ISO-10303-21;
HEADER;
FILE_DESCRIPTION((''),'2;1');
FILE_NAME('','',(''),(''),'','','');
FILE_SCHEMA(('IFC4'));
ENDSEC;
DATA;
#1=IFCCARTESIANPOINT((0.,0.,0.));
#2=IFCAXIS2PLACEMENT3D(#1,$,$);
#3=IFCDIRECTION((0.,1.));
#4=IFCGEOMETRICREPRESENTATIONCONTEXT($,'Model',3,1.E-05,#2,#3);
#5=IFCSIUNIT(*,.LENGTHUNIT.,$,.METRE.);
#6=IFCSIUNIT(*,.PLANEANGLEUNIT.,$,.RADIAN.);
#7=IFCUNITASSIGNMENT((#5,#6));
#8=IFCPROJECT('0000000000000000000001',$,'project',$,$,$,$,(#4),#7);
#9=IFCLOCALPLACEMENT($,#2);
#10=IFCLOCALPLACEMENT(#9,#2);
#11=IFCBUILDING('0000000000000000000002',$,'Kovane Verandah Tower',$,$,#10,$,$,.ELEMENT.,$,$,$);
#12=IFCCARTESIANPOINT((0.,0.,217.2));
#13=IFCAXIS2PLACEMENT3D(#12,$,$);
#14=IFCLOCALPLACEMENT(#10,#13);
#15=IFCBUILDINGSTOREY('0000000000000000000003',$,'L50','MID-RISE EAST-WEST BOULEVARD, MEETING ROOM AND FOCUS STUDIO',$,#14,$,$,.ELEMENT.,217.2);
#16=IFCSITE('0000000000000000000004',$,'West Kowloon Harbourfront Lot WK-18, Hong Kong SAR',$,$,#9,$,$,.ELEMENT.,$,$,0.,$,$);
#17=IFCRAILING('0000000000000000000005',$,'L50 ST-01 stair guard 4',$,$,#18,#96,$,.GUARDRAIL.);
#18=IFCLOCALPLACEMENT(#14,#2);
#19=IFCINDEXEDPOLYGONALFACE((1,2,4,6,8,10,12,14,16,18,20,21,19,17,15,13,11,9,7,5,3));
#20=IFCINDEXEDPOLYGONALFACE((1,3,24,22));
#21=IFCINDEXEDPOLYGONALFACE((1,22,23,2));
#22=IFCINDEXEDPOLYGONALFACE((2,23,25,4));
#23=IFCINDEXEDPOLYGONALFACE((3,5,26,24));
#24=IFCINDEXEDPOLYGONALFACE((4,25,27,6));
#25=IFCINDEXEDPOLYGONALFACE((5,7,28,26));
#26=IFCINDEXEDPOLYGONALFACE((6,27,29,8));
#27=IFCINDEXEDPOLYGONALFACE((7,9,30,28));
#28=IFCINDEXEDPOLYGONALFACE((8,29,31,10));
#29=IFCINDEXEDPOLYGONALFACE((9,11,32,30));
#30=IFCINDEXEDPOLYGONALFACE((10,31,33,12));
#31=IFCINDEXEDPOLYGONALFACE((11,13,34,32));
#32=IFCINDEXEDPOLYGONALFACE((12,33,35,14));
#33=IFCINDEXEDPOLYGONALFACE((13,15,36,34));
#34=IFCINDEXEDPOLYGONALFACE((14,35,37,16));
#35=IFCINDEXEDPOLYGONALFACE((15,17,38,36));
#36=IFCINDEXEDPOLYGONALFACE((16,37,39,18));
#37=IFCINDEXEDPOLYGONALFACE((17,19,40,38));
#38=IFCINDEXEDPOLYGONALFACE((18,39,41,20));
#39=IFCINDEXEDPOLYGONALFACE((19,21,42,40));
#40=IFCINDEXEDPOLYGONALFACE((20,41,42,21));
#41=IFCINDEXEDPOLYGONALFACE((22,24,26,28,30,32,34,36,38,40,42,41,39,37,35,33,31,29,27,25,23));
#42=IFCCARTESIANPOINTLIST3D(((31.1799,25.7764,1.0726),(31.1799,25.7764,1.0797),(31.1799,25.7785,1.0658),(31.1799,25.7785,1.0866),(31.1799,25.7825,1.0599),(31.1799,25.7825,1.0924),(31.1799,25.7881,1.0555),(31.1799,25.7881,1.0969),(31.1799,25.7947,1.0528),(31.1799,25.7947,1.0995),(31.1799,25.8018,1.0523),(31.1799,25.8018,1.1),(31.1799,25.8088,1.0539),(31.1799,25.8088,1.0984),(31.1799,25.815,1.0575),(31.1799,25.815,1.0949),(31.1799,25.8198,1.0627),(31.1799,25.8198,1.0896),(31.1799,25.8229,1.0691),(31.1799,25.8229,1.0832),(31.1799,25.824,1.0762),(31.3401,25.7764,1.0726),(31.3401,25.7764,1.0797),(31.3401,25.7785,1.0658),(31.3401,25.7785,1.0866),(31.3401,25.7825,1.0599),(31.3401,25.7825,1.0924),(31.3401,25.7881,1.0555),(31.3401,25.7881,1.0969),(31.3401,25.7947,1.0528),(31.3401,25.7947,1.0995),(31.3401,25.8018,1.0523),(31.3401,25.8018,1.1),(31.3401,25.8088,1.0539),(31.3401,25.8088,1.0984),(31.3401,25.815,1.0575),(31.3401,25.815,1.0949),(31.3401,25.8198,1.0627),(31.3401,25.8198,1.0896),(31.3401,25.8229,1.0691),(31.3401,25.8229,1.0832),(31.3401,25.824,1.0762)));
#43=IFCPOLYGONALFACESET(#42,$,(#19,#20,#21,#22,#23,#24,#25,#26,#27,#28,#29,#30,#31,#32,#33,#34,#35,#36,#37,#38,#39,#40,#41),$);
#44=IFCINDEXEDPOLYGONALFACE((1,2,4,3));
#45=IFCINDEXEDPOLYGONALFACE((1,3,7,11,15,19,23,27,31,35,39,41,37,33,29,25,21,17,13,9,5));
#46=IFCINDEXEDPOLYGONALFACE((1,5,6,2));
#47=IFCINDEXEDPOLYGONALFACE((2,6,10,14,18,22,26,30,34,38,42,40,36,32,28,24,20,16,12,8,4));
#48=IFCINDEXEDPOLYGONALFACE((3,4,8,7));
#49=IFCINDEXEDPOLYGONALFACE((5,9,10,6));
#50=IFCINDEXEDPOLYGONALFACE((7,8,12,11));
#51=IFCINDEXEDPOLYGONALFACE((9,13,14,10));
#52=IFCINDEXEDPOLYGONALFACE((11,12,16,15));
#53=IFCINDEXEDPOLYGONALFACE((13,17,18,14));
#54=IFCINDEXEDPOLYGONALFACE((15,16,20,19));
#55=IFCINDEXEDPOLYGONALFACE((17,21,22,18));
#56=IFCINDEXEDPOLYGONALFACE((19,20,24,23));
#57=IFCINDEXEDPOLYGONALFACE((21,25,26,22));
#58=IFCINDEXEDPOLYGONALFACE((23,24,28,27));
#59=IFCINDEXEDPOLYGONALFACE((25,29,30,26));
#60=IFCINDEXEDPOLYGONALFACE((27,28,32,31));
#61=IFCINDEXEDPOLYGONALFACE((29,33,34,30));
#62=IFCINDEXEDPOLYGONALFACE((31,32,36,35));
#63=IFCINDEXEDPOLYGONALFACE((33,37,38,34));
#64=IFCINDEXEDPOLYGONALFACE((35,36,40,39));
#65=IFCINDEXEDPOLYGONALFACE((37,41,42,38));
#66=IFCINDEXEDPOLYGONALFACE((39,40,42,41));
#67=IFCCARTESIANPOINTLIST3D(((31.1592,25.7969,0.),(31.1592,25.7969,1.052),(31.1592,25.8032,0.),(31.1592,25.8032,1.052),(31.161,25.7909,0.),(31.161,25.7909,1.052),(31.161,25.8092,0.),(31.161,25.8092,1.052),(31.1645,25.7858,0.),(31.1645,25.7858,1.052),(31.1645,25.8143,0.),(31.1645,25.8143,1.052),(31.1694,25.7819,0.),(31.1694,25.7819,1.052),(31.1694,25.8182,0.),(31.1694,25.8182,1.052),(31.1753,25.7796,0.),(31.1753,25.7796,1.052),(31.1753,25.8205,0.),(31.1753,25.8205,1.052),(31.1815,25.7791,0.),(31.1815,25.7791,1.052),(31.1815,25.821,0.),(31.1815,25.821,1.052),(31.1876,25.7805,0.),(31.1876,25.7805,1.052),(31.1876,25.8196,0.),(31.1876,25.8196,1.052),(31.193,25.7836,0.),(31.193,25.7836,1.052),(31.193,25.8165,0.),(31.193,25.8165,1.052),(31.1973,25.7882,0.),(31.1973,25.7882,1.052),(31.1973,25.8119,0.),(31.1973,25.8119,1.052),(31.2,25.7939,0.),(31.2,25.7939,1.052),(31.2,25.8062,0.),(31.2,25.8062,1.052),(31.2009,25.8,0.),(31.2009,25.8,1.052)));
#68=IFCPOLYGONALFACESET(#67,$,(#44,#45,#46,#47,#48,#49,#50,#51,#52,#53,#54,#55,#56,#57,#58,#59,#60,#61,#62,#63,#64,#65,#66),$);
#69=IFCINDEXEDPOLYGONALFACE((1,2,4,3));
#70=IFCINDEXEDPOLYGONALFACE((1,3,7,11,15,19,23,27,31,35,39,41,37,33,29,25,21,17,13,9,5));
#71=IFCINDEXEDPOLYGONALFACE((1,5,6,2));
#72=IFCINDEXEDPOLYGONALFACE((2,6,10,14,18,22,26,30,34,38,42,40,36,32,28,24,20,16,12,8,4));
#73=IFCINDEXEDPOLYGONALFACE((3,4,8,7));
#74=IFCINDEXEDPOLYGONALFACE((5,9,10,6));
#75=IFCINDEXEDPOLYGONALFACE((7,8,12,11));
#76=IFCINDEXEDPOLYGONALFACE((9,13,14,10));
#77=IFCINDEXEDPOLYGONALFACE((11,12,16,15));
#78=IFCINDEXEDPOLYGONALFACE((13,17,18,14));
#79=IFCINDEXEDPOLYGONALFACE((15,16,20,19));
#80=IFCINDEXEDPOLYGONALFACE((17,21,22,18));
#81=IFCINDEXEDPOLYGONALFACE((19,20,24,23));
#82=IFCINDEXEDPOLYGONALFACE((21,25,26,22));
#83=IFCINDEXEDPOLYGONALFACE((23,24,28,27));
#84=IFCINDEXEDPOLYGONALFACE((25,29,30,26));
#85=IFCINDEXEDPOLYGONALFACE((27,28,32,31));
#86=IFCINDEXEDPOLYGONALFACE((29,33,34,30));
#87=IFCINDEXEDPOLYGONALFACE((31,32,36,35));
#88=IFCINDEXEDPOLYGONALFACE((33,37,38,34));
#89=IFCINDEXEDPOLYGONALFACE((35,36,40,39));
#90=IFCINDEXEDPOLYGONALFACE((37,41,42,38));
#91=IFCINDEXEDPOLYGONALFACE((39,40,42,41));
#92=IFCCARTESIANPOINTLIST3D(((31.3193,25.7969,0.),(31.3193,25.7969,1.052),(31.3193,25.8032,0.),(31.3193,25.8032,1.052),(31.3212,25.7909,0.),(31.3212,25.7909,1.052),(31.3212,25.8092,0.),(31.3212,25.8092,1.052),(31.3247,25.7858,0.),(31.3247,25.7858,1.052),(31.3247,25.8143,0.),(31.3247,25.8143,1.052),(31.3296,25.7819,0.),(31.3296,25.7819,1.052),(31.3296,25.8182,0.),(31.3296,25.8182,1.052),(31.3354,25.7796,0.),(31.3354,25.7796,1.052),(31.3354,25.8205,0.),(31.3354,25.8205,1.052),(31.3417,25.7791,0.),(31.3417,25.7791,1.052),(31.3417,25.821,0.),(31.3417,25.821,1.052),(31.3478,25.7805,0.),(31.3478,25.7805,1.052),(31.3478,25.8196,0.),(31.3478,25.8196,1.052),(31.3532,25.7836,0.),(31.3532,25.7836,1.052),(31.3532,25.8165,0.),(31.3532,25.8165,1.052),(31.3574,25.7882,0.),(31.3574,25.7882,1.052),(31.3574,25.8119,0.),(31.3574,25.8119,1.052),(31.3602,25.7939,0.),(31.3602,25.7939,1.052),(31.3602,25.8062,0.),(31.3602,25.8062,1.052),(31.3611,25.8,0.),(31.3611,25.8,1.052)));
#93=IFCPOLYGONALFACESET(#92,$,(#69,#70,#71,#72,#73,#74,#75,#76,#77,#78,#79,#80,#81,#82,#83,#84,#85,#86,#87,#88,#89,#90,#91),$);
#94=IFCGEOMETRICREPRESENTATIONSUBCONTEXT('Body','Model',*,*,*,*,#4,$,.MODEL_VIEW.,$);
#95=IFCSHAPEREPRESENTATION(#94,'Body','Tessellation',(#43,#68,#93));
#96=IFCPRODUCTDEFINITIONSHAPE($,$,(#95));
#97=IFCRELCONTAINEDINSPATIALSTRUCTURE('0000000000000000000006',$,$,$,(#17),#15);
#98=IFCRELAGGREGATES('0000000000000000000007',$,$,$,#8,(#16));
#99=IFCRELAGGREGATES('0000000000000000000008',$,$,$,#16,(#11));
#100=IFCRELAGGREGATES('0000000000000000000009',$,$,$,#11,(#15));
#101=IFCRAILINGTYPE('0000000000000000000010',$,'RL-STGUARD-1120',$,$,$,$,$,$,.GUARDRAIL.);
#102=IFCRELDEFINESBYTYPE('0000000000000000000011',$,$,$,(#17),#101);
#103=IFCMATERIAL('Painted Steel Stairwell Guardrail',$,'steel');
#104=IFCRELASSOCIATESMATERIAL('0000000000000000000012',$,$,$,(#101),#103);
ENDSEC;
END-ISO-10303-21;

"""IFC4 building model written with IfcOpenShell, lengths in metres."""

from ifc_helpers import new_model, si_unit, direction, frame, origin, origin_2d, place, context, subcontext, project, spatial, circle, extrude, material, type_object, element, save


model = new_model("IFC4")

# Units and contexts
model_context = context("Model", 3, precision=1e-05, world=origin(), true_north=direction((0.0, 1.0)))
body_context = subcontext(model_context, "Body", "Model", "MODEL_VIEW")
ifc_project = project(units=[si_unit("LENGTHUNIT", "METRE"), si_unit("PLANEANGLEUNIT", "RADIAN")], contexts=[model_context])

# Site, building, storey
site_placement = place(None, origin())
site = spatial("IfcSite", under=ifc_project, at=site_placement, Name="West Kowloon Harbourfront Lot WK-18, Hong Kong SAR", CompositionType="ELEMENT", RefElevation=0.0)
building_placement = place(site_placement, origin())
building = spatial("IfcBuilding", under=site, at=building_placement, Name="Kovane Verandah Tower", CompositionType="ELEMENT")
storey_placement = place(building_placement, frame((0.0, 0.0, 217.2)))
storey = spatial("IfcBuildingStorey", under=building, at=storey_placement, Name="L50", Description="MID-RISE EAST-WEST BOULEVARD, MEETING ROOM AND FOCUS STUDIO", CompositionType="ELEMENT", Elevation=217.2)

# Railing
ifc_material_1 = material(Name="Painted Steel Stairwell Guardrail", Category="steel")
railing_type_1 = type_object("IfcRailingType", Name="RL-STGUARD-1120", PredefinedType="GUARDRAIL", material=ifc_material_1)
railing_1_placement = place(storey_placement, frame((31.1799, 25.8, 0.0)))
element("IfcRailing", 1, at=railing_1_placement, inside=storey, type_object=railing_type_1, Name="L50 ST-01 stair guard 4", PredefinedType="GUARDRAIL", context=body_context, shape_type="SweptSolid", body=[
    extrude(circle(Radius=0.0239, at=origin_2d()), frame((0.0, 0.0, 1.0762), z_axis=(1.0, 0.0, 0.0), x_axis=(0.0, 1.0, 0.0)), (0.0, 0.0, 1.0), 0.1602),
    extrude(circle(Radius=0.021, at=origin_2d()), origin(), (0.0, 0.0, 1.0), 1.052),
    extrude(circle(Radius=0.021, at=origin_2d()), frame((0.1602, 0.0, 0.0)), (0.0, 0.0, 1.0), 1.052),
])

save(model, "model.ifc")
